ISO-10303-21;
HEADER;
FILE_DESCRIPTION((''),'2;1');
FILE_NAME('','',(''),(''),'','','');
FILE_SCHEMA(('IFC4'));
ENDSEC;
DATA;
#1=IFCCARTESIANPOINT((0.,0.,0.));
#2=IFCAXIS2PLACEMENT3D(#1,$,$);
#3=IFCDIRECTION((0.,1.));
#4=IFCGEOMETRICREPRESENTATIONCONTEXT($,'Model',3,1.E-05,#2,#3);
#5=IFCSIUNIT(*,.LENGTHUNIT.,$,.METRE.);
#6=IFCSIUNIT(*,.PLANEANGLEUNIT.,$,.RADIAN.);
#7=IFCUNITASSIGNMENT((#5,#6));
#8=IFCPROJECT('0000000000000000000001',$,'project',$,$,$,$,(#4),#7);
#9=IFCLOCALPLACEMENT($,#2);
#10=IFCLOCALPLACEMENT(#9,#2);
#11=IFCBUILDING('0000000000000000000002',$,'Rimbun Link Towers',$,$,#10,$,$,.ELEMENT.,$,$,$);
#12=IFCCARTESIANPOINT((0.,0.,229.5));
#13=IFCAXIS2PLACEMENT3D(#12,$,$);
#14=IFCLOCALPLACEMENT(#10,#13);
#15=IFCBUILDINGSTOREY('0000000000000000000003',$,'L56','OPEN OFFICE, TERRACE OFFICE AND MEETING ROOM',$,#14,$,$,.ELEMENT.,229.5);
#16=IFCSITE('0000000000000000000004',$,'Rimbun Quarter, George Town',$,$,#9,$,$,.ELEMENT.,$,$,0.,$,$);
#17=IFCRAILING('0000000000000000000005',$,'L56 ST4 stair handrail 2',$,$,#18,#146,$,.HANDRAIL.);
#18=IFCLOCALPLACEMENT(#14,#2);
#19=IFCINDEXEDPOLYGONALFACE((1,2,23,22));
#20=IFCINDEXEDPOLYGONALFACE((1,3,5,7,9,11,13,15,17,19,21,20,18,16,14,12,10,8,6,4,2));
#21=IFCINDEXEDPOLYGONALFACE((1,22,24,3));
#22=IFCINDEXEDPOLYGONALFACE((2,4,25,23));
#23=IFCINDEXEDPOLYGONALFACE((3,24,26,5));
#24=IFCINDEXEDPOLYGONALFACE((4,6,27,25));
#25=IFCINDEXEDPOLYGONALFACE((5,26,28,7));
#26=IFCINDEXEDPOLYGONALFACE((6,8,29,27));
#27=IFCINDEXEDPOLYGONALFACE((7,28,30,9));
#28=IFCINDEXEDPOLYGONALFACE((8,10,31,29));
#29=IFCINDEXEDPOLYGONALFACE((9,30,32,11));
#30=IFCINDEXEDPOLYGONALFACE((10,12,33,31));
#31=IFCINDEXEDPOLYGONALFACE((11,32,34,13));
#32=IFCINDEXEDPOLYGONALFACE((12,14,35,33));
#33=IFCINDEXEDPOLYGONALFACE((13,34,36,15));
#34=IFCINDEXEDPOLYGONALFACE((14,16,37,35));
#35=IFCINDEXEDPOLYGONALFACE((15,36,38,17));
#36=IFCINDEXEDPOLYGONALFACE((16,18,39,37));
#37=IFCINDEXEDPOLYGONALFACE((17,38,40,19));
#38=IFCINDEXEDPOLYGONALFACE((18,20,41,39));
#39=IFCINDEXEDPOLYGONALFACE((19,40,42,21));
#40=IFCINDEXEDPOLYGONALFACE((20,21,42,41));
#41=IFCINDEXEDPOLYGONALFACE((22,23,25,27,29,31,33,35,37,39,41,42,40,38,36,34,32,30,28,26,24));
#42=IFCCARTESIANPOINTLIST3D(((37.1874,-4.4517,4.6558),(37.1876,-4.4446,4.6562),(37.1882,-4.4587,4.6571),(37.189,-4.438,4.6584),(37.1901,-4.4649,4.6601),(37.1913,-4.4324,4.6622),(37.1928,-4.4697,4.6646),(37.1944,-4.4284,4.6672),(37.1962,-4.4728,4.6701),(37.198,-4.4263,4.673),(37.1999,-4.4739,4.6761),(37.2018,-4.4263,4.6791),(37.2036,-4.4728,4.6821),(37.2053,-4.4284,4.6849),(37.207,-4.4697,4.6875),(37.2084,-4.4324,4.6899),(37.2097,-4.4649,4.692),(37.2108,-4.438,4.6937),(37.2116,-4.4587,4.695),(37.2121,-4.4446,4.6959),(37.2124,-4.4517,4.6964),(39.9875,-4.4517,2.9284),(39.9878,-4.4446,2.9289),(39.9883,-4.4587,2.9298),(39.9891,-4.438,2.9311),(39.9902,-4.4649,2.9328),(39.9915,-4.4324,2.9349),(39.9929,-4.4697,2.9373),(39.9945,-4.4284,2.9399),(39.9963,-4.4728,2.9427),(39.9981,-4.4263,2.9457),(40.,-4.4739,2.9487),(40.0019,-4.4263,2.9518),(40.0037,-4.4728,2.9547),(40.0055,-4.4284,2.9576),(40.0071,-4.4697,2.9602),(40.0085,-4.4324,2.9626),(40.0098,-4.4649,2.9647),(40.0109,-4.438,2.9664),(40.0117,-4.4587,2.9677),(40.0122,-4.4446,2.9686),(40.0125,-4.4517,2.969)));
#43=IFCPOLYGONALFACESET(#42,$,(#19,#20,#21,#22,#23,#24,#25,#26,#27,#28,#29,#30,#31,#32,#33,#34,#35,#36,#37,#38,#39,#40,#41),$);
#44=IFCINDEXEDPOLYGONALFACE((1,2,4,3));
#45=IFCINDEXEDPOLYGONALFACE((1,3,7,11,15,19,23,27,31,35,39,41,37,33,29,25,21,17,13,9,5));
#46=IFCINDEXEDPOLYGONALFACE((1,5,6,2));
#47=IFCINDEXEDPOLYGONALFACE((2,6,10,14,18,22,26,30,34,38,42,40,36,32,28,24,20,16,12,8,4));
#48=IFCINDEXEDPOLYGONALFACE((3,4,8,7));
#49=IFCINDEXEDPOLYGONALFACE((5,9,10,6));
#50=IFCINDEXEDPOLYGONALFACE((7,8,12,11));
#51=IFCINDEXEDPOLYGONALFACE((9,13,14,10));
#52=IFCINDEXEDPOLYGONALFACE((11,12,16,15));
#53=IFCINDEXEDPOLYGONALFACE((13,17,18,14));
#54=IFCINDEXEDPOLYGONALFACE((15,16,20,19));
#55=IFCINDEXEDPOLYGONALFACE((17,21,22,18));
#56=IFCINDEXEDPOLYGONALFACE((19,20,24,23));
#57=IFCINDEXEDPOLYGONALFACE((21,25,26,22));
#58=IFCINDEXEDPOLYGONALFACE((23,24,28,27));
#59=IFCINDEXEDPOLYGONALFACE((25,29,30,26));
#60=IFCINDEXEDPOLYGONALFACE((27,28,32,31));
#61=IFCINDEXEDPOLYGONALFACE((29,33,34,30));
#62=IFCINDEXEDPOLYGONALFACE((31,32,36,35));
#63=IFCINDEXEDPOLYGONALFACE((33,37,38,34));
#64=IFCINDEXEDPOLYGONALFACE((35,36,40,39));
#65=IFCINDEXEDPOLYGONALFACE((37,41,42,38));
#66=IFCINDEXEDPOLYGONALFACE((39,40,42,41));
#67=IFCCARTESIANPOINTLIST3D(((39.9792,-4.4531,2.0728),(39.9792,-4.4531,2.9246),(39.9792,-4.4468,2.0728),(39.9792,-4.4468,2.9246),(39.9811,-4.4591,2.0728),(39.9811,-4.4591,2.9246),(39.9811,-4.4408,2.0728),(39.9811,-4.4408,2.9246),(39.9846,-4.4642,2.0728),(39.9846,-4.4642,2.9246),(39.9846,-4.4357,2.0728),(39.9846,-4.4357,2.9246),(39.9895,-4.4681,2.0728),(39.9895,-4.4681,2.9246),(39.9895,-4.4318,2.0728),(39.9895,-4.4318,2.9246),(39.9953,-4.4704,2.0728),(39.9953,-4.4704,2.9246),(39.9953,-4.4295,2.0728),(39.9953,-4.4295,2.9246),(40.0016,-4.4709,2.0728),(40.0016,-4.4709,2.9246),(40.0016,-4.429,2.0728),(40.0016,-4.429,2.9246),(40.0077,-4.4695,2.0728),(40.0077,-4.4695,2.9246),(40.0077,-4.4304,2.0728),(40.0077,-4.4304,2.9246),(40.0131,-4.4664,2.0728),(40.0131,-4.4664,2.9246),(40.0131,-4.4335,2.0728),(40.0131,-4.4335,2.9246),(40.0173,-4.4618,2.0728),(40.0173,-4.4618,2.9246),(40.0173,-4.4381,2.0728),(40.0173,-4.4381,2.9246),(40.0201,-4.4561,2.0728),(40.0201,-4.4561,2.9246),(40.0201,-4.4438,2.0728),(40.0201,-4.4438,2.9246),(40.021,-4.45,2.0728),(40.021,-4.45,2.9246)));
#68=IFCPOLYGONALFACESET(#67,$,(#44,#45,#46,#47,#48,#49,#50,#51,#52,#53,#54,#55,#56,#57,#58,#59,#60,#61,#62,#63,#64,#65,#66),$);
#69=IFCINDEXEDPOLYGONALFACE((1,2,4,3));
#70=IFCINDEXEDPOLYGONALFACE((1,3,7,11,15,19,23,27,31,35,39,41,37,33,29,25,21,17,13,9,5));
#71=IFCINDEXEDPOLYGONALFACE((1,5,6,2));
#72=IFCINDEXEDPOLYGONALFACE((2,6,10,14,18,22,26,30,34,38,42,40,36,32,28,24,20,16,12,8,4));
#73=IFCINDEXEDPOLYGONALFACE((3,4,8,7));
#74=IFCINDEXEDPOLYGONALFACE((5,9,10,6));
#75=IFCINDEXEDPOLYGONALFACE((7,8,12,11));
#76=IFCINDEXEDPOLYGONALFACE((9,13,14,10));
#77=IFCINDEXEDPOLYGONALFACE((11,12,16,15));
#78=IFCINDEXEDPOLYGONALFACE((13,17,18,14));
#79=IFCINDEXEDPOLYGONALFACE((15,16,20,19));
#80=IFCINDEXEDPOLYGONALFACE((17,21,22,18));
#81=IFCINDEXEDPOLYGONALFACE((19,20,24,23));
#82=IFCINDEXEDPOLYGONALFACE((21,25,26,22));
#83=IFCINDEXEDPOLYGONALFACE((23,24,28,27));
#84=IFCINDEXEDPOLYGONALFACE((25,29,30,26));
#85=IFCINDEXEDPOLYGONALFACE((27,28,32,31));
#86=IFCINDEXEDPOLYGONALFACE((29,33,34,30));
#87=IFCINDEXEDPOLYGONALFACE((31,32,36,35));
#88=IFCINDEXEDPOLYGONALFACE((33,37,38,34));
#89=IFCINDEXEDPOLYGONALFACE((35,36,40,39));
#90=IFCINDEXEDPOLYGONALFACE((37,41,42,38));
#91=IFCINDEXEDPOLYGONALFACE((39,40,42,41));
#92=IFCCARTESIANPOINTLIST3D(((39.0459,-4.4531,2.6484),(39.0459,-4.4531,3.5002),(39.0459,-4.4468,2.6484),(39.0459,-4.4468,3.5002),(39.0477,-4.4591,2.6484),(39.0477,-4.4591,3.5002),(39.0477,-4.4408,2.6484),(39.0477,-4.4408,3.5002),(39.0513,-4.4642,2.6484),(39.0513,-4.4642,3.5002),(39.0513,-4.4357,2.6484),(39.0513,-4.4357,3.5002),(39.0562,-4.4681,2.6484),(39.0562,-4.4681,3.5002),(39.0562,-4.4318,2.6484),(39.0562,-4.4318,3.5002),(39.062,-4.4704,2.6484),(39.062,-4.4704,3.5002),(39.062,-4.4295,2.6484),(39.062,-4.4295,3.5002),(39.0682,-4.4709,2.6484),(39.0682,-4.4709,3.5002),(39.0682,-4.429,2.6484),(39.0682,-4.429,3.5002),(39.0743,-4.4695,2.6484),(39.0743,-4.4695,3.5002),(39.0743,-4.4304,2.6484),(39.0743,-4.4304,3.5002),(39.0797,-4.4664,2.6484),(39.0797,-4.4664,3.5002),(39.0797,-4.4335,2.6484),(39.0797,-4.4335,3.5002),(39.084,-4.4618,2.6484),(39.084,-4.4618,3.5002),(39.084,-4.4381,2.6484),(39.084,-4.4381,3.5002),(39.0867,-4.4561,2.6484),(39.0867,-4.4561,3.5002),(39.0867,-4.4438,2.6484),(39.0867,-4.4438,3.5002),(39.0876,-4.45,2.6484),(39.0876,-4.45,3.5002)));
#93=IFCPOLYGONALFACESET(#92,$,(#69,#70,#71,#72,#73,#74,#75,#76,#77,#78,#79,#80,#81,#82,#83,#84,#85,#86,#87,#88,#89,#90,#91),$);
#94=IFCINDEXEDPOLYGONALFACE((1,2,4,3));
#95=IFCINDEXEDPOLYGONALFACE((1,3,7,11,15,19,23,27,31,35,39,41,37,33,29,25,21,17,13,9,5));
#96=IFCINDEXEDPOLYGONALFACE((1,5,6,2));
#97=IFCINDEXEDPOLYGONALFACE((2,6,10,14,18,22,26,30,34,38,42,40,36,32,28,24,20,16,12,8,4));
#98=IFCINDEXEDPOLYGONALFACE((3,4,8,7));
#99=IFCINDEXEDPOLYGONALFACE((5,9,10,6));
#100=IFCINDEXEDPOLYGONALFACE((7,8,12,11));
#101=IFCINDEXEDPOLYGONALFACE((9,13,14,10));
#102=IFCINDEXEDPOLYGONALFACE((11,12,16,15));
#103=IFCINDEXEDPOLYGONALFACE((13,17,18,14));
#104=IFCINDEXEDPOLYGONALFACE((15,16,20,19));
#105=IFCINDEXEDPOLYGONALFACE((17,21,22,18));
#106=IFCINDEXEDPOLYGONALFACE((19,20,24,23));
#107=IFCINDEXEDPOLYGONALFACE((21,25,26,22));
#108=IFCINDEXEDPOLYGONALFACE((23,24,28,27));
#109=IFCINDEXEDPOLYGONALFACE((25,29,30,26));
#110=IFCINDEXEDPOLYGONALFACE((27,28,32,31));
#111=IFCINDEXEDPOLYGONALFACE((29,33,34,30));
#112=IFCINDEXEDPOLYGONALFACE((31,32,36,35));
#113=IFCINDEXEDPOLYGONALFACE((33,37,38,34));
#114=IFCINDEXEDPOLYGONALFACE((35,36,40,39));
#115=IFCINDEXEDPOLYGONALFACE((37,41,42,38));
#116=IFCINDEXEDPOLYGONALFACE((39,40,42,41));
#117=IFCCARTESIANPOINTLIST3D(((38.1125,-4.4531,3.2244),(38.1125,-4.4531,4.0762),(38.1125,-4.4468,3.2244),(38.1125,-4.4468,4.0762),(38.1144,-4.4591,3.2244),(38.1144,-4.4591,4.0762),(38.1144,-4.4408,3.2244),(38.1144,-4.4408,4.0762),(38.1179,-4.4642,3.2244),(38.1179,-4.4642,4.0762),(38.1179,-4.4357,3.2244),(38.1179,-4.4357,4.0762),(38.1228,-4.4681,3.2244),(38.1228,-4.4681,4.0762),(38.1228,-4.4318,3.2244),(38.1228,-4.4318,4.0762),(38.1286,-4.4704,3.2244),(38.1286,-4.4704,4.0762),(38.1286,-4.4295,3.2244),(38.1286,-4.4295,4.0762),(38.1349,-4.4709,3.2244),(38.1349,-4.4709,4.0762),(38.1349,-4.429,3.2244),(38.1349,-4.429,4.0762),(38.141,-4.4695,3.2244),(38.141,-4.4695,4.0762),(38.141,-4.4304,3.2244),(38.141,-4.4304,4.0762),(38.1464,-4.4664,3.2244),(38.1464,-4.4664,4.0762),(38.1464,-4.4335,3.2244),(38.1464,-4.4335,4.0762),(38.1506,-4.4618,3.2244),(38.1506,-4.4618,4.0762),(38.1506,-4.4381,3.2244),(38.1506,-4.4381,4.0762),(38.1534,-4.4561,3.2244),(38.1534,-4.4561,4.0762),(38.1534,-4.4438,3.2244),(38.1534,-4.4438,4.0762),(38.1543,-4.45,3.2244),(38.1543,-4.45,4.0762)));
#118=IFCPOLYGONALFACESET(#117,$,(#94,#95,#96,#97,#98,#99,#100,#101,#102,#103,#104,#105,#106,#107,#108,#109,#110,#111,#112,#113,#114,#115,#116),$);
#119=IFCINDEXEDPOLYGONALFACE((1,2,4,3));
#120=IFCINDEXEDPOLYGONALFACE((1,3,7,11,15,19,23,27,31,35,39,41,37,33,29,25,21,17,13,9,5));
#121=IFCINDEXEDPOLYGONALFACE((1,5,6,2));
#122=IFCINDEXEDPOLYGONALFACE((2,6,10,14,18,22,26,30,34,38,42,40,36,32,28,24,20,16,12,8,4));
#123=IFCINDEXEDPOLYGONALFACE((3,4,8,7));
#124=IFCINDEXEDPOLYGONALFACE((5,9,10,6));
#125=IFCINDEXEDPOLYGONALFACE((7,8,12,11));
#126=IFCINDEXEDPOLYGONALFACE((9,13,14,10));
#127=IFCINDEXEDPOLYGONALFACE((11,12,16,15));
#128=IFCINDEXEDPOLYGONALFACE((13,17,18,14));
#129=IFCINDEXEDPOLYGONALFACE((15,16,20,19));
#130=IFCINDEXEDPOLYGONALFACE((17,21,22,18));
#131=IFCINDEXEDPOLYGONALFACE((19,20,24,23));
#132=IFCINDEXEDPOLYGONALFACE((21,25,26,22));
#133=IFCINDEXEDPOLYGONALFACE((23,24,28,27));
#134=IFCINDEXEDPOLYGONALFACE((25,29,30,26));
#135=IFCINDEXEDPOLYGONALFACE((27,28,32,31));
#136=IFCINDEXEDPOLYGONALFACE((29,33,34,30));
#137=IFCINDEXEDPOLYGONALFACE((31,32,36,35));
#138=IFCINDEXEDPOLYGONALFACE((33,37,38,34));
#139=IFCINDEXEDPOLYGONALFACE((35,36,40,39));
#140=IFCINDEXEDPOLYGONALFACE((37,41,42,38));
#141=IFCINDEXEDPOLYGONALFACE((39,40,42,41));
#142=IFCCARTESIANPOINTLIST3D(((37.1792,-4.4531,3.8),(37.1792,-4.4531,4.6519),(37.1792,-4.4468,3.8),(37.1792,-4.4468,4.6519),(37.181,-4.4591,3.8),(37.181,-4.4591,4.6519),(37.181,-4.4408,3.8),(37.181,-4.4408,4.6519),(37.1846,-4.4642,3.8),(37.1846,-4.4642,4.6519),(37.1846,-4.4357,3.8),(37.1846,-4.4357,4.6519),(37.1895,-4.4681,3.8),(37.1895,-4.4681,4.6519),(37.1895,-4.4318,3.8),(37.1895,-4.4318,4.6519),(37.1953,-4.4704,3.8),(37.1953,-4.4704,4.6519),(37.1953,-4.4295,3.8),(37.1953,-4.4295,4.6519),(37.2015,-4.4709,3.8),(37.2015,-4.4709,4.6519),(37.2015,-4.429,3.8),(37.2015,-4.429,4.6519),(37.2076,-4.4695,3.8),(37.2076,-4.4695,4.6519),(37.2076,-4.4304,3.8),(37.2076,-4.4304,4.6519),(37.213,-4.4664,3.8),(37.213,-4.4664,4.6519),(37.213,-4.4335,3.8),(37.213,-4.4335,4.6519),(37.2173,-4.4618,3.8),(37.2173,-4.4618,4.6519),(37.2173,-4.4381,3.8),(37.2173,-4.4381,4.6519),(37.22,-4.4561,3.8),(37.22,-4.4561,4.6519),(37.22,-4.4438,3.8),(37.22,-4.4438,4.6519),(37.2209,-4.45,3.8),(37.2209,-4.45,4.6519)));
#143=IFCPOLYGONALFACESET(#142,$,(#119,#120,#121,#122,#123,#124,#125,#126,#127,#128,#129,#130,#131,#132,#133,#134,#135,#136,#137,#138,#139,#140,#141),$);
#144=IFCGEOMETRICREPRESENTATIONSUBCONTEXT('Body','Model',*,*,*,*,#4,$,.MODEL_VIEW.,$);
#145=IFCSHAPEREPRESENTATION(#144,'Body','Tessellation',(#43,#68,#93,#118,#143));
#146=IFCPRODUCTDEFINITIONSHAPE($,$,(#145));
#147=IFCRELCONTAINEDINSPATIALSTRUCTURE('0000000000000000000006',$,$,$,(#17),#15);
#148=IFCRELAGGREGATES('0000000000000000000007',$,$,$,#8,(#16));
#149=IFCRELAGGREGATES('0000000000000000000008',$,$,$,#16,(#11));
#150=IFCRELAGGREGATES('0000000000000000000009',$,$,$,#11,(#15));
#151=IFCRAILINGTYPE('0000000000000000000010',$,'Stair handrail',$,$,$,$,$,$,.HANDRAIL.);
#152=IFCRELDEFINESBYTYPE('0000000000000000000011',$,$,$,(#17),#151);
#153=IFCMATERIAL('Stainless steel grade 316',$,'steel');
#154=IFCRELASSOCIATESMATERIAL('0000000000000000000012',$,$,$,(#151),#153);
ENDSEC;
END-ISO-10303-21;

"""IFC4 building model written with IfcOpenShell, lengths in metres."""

from ifc_helpers import new_model, si_unit, direction, frame, origin, origin_2d, place, context, subcontext, project, spatial, circle, extrude, material, type_object, element, save


model = new_model("IFC4")

# Units and contexts
model_context = context("Model", 3, precision=1e-05, world=origin(), true_north=direction((0.0, 1.0)))
body_context = subcontext(model_context, "Body", "Model", "MODEL_VIEW")
ifc_project = project(units=[si_unit("LENGTHUNIT", "METRE"), si_unit("PLANEANGLEUNIT", "RADIAN")], contexts=[model_context])

# Site, building, storey
site_placement = place(None, origin())
site = spatial("IfcSite", under=ifc_project, at=site_placement, Name="Rimbun Quarter, George Town", CompositionType="ELEMENT", RefElevation=0.0)
building_placement = place(site_placement, origin())
building = spatial("IfcBuilding", under=site, at=building_placement, Name="Rimbun Link Towers", CompositionType="ELEMENT")
storey_placement = place(building_placement, frame((0.0, 0.0, 229.5)))
storey = spatial("IfcBuildingStorey", under=building, at=storey_placement, Name="L56", Description="OPEN OFFICE, TERRACE OFFICE AND MEETING ROOM", CompositionType="ELEMENT", Elevation=229.5)

# Railing
ifc_material_1 = material(Name="Stainless steel grade 316", Category="steel")
railing_type_1 = type_object("IfcRailingType", Name="Stair handrail", PredefinedType="HANDRAIL", material=ifc_material_1)
railing_1_placement = place(storey_placement, frame((40.0, -4.45, 2.0728)))
element("IfcRailing", 1, at=railing_1_placement, inside=storey, type_object=railing_type_1, Name="L56 ST4 stair handrail 2", PredefinedType="HANDRAIL", context=body_context, shape_type="SweptSolid", body=[
    extrude(circle(Radius=0.0239, at=origin_2d()), frame((0.0, 0.0, 0.876), z_axis=(-0.85109, 0.0, 0.52502), x_axis=(0.0, -1.0, 0.0)), (0.0, 0.0, 1.0), 3.29),
    extrude(circle(Radius=0.021, at=origin_2d()), origin(), (0.0, 0.0, 1.0), 0.8518),
    extrude(circle(Radius=0.021, at=origin_2d()), frame((-0.9333, 0.0, 0.5757)), (0.0, 0.0, 1.0), 0.8518),
    extrude(circle(Radius=0.021, at=origin_2d()), frame((-1.8667, 0.0, 1.1516)), (0.0, 0.0, 1.0), 0.8518),
    extrude(circle(Radius=0.021, at=origin_2d()), frame((-2.8, 0.0, 1.7273)), (0.0, 0.0, 1.0), 0.8518),
])

save(model, "model.ifc")
